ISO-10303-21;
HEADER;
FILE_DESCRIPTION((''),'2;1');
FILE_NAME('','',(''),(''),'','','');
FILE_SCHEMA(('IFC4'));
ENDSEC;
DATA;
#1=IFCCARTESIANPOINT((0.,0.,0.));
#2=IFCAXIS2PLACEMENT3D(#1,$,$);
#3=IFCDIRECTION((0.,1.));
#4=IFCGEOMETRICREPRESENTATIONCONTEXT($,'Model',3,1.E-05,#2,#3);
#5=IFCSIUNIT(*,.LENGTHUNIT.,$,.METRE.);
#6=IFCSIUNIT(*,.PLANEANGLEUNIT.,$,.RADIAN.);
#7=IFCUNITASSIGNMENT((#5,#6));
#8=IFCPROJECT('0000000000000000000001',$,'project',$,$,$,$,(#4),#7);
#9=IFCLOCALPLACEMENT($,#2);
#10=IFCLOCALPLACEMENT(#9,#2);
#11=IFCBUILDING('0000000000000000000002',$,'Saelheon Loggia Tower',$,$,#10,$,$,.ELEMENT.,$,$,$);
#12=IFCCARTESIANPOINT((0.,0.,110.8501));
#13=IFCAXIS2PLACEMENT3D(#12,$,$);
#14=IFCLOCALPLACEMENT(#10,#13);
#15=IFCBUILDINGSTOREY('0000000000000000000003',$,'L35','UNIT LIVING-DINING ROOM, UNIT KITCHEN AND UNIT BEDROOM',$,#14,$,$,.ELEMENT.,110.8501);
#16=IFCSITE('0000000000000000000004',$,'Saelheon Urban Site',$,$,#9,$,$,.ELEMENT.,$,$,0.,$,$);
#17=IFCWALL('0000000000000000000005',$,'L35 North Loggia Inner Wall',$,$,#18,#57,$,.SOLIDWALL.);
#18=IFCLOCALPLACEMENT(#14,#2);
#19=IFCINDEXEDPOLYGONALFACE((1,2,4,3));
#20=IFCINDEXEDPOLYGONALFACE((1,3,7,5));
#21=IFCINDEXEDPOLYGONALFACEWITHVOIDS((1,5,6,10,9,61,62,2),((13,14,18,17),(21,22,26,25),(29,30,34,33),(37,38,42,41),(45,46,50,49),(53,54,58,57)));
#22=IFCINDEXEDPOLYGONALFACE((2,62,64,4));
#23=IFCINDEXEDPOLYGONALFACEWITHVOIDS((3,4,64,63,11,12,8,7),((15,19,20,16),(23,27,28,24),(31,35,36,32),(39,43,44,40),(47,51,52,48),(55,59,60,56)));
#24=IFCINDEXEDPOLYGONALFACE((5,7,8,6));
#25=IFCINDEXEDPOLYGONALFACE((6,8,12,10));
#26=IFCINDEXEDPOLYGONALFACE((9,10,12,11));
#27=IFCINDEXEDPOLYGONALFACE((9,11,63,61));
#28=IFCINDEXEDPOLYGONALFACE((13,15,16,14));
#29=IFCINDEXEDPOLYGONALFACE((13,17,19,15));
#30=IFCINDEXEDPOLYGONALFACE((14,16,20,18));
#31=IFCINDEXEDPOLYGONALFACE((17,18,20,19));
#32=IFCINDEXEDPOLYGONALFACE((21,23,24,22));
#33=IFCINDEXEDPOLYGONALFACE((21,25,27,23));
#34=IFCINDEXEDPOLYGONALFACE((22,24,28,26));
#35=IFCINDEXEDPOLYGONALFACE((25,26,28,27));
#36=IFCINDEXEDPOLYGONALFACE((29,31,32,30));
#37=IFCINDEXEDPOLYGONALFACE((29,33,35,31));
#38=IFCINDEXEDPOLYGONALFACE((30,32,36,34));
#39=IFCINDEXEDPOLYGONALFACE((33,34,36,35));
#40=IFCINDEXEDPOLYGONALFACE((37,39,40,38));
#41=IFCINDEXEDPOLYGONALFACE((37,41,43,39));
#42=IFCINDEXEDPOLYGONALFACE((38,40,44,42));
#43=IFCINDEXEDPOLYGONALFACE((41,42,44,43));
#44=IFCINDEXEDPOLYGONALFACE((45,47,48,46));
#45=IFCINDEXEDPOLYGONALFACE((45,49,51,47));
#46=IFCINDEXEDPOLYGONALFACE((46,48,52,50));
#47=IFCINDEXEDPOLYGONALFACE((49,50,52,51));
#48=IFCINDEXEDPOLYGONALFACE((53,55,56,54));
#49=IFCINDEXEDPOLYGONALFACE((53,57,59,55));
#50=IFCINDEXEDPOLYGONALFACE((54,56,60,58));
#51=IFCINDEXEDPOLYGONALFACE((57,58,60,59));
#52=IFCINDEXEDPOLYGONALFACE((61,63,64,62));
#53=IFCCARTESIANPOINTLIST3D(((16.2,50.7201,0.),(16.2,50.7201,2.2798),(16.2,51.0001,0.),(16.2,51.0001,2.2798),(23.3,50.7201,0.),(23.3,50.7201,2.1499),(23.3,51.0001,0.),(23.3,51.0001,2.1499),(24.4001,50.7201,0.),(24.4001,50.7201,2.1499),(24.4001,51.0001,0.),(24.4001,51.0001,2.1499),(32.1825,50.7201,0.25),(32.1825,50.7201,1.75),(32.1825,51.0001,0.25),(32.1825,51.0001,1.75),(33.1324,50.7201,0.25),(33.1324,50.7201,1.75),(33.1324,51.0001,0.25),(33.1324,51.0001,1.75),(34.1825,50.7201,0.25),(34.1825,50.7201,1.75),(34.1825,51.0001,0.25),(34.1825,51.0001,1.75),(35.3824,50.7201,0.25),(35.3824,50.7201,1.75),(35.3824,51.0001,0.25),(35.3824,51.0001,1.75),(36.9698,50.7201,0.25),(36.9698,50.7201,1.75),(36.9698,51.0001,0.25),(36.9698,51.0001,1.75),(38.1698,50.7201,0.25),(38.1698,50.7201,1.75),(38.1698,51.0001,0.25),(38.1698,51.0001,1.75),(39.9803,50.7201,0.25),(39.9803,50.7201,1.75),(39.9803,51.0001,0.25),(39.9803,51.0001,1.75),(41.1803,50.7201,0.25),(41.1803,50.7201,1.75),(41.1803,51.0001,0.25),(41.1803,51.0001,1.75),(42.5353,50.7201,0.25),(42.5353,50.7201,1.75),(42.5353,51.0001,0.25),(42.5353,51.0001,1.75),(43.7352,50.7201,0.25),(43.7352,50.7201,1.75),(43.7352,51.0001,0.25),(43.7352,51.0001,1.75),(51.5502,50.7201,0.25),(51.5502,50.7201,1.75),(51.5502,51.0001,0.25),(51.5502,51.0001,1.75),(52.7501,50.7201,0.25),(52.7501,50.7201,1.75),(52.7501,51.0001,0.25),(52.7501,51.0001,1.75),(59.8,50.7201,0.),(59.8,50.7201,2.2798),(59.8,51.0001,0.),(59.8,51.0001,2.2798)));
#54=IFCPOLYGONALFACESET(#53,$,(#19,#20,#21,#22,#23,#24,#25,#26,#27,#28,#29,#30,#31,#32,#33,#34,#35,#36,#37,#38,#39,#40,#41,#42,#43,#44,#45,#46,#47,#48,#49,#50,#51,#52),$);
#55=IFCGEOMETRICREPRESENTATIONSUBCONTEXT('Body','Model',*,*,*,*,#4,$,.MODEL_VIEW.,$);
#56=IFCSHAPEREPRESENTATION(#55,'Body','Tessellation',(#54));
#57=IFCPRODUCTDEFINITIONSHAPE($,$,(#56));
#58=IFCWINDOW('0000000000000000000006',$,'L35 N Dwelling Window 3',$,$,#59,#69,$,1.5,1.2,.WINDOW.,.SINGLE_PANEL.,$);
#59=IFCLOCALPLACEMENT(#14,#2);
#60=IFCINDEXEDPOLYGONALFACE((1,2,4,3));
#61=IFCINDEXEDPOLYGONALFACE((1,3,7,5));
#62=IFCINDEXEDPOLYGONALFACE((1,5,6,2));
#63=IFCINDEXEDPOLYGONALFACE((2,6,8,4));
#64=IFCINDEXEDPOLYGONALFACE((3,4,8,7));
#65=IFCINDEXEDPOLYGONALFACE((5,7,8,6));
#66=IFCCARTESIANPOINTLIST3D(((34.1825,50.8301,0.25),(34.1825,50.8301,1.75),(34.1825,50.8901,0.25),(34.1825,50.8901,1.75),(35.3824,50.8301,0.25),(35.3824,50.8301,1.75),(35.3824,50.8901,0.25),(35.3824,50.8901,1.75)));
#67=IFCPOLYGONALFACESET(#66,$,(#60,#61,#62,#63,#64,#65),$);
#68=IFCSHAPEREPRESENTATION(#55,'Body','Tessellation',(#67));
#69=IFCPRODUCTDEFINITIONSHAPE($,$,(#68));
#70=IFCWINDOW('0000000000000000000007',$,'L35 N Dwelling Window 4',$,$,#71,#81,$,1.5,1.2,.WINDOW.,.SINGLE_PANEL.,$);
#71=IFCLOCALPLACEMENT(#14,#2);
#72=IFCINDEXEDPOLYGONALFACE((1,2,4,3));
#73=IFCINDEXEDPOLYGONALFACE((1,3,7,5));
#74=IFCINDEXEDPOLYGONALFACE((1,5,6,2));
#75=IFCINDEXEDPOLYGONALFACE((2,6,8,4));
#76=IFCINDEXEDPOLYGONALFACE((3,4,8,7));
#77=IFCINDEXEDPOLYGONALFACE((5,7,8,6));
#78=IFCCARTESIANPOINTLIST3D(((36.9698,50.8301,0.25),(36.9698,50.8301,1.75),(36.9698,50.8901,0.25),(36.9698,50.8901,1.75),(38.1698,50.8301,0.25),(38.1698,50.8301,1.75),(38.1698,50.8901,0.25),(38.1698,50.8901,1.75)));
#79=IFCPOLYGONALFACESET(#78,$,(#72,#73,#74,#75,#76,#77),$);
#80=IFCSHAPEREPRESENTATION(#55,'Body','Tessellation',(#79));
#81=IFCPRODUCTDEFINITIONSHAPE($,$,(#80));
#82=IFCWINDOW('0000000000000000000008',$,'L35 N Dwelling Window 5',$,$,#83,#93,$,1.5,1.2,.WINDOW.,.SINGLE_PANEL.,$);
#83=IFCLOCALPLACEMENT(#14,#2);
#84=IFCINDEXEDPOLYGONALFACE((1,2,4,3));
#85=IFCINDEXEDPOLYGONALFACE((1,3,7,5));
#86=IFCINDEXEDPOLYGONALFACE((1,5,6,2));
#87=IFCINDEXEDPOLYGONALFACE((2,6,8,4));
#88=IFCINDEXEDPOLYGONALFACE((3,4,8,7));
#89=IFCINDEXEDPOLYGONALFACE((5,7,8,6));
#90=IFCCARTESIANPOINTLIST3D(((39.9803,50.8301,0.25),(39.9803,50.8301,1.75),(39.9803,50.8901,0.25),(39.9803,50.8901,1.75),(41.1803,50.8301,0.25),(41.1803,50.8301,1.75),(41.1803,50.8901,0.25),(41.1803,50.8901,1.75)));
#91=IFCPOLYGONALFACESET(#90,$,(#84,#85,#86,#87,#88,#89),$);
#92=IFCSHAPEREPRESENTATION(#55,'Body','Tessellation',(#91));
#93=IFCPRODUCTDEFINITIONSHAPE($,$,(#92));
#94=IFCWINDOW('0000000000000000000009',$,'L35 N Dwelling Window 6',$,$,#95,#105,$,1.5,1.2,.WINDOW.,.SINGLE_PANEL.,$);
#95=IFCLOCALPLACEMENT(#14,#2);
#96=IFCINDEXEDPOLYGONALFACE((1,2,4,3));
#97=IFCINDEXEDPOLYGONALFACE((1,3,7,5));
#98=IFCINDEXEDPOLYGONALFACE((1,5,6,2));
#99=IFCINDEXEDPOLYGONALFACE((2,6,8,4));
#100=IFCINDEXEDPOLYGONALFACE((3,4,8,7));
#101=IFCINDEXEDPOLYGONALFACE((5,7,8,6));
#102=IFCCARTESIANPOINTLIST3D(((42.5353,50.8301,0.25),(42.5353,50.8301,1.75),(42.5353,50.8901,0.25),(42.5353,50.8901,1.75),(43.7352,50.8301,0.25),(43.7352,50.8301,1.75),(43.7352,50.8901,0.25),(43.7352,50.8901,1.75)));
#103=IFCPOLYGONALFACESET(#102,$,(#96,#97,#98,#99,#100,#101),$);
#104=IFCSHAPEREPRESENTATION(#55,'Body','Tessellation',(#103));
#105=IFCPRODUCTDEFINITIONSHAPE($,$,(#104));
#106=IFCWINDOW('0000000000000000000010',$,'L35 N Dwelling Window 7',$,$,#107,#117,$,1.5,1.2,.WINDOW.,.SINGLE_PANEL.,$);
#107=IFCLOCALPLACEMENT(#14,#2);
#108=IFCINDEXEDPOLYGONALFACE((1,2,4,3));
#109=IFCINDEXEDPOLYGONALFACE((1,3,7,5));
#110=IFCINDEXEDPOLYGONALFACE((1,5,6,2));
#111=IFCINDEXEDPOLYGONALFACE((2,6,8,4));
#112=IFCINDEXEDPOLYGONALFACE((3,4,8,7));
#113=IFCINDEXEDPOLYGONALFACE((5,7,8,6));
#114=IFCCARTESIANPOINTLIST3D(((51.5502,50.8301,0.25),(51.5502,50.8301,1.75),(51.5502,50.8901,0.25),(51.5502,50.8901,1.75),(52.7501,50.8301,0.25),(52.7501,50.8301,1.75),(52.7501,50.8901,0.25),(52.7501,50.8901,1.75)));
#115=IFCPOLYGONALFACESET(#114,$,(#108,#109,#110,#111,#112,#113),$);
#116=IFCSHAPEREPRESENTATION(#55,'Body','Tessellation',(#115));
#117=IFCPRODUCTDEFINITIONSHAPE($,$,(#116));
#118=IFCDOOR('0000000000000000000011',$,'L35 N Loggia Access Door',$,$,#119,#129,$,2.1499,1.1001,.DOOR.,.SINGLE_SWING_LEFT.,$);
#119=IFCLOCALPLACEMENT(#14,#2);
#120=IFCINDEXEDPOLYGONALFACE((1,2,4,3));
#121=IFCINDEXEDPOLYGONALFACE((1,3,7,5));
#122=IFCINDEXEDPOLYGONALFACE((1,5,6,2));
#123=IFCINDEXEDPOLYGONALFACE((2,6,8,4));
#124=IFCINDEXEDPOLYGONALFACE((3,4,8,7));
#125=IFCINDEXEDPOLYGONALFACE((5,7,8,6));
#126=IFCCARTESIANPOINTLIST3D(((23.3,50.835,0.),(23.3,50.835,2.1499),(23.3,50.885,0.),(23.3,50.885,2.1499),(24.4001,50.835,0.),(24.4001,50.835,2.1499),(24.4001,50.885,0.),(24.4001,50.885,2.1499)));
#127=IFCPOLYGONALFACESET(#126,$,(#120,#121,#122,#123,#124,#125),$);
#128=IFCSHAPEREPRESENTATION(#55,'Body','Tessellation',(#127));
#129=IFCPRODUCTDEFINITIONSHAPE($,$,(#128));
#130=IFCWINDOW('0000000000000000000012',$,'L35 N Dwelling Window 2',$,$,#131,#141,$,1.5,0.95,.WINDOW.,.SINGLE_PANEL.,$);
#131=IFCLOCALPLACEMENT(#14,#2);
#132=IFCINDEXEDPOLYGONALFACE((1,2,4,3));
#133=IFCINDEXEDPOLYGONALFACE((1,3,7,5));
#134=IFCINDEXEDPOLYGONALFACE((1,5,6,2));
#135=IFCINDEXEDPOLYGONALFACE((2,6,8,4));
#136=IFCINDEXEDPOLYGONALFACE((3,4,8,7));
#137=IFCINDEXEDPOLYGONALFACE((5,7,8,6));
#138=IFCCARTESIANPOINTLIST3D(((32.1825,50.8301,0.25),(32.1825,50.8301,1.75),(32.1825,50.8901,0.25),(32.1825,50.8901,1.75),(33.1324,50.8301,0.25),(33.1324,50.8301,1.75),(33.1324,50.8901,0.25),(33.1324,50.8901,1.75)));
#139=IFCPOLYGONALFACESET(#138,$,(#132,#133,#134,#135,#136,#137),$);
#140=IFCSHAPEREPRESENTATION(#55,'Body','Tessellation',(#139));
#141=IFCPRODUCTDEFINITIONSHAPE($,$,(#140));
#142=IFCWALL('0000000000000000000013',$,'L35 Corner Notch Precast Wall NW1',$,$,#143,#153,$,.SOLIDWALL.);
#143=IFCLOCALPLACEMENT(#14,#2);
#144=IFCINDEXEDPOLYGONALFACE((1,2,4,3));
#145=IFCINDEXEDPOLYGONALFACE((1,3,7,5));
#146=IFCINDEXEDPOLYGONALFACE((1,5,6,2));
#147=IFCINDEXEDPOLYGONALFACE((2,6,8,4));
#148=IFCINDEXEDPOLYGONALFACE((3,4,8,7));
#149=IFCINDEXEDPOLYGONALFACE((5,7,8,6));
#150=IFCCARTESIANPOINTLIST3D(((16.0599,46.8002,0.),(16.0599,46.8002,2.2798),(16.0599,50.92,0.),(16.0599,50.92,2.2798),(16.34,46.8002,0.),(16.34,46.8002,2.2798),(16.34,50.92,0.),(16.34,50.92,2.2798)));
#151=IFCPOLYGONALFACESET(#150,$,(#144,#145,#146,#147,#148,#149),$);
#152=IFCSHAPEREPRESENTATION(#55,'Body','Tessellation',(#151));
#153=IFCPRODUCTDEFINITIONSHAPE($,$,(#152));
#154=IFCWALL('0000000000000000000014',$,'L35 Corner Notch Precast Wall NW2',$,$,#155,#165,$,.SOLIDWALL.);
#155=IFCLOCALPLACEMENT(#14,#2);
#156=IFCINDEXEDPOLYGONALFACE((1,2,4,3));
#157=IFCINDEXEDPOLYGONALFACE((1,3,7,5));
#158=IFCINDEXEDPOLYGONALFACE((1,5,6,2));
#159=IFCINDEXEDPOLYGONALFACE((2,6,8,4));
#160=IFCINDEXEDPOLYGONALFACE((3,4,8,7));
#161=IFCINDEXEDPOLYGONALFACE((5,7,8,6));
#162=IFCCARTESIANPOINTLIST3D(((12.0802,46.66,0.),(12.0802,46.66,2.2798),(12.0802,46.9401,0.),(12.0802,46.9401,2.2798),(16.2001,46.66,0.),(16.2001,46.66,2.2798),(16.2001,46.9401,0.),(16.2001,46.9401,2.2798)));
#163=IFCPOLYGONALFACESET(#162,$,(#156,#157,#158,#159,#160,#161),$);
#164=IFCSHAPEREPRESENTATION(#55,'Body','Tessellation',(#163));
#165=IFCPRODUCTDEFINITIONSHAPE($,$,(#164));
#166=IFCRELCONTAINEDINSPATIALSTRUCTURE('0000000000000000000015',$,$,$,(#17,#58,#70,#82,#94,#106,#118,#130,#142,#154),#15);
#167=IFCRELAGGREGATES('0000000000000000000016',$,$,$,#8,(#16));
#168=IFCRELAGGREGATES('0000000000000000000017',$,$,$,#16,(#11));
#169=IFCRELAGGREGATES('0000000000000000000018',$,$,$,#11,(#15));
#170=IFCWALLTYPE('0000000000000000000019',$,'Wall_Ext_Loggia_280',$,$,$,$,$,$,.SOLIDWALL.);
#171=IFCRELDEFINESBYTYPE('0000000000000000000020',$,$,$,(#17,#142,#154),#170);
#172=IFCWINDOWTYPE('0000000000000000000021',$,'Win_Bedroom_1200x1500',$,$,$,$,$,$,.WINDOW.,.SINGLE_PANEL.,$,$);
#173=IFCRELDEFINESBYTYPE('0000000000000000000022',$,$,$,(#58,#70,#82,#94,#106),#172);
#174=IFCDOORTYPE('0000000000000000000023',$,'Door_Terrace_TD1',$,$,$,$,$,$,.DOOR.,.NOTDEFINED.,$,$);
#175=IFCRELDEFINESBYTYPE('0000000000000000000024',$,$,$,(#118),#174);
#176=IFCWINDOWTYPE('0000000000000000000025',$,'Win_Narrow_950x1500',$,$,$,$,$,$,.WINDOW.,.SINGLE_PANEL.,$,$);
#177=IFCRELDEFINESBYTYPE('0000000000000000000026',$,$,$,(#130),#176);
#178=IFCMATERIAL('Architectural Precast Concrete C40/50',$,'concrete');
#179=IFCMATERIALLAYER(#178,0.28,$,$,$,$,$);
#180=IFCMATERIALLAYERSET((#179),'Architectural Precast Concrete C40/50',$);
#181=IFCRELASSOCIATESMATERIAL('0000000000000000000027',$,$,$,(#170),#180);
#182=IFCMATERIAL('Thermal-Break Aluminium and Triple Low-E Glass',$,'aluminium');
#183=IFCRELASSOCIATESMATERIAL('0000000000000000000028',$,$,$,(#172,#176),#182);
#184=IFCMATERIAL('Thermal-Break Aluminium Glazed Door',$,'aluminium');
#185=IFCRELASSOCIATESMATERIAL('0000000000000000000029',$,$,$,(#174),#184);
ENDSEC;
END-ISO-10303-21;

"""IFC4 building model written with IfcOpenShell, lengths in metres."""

from ifc_helpers import new_model, si_unit, direction, frame, frame_2d, origin, place, context, subcontext, project, spatial, rectangle, extrude, source, transform, mapped, material, layer, layer_set, type_object, element, fill, save


model = new_model("IFC4")

# Units and contexts
model_context = context("Model", 3, precision=1e-05, world=origin(), true_north=direction((0.0, 1.0)))
body_context = subcontext(model_context, "Body", "Model", "MODEL_VIEW")
ifc_project = project(units=[si_unit("LENGTHUNIT", "METRE"), si_unit("PLANEANGLEUNIT", "RADIAN")], contexts=[model_context])

# Site, building, storey
site_placement = place(None, origin())
site = spatial("IfcSite", under=ifc_project, at=site_placement, Name="Saelheon Urban Site", CompositionType="ELEMENT", RefElevation=0.0)
building_placement = place(site_placement, origin())
building = spatial("IfcBuilding", under=site, at=building_placement, Name="Saelheon Loggia Tower", CompositionType="ELEMENT")
storey_placement = place(building_placement, frame((0.0, 0.0, 110.8501)))
storey = spatial("IfcBuildingStorey", under=building, at=storey_placement, Name="L35", Description="UNIT LIVING-DINING ROOM, UNIT KITCHEN AND UNIT BEDROOM", CompositionType="ELEMENT", Elevation=110.8501)

# Wall, openings, windows, door
ifc_material_1 = material(Name="Architectural Precast Concrete C40/50", Category="concrete")
ifc_layer_1 = layer(ifc_material_1, 0.28)
ifc_layer_set_1 = layer_set([ifc_layer_1], Name="Architectural Precast Concrete C40/50")
wall_type_1 = type_object("IfcWallType", Name="Wall_Ext_Loggia_280", PredefinedType="SOLIDWALL", material=ifc_layer_set_1)
wall_1_placement = place(storey_placement, frame((16.2, 50.8601, 0.0), z_axis=(0.0, 0.0, 1.0), x_axis=(1.0, 0.0, 0.0)))
wall_1 = element("IfcWall", 1, at=wall_1_placement, inside=storey, type_object=wall_type_1, Name="L35 North Loggia Inner Wall", PredefinedType="SOLIDWALL", context=body_context, shape_type="SweptSolid", body=[
    extrude(rectangle(XDim=43.6001, YDim=0.28, at=frame_2d((21.8, 0.0))), origin(), (0.0, 0.0, 1.0), 2.2798),
])
opening_1_placement = place(wall_1_placement, frame((7.1001, 0.0, 0.0)))
opening_1 = element("IfcOpeningElement", 2, at=opening_1_placement, cuts=wall_1, PredefinedType="OPENING", context=body_context, shape_type="SweptSolid", body=[
    extrude(rectangle(XDim=1.1001, YDim=2.1499, at=frame_2d((0.55, 1.075))), frame((0.0, 0.1521, 0.0), z_axis=(0.0, -1.0, 0.0), x_axis=(1.0, 0.0, 0.0)), (0.0, 0.0, 1.0), 0.304),
])
opening_2_placement = place(wall_1_placement, frame((15.9824, 0.0, 0.25)))
opening_2 = element("IfcOpeningElement", 3, at=opening_2_placement, cuts=wall_1, PredefinedType="OPENING", context=body_context, shape_type="SweptSolid", body=[
    extrude(rectangle(XDim=0.95, YDim=1.5, at=frame_2d((0.4751, 0.75))), frame((0.0, 0.1521, 0.0), z_axis=(0.0, -1.0, 0.0), x_axis=(1.0, 0.0, 0.0)), (0.0, 0.0, 1.0), 0.304),
])
opening_3_placement = place(wall_1_placement, frame((17.9824, 0.0, 0.25)))
opening_3 = element("IfcOpeningElement", 4, at=opening_3_placement, cuts=wall_1, PredefinedType="OPENING", context=body_context, shape_type="SweptSolid", body=[
    extrude(rectangle(XDim=1.2, YDim=1.5, at=frame_2d((0.6001, 0.75))), frame((0.0, 0.1521, 0.0), z_axis=(0.0, -1.0, 0.0), x_axis=(1.0, 0.0, 0.0)), (0.0, 0.0, 1.0), 0.304),
])
opening_4_placement = place(wall_1_placement, frame((20.7698, 0.0, 0.25)))
opening_4 = element("IfcOpeningElement", 5, at=opening_4_placement, cuts=wall_1, PredefinedType="OPENING", context=body_context, shape_type="SweptSolid", body=[
    extrude(rectangle(XDim=1.2, YDim=1.5, at=frame_2d((0.6001, 0.75))), frame((0.0, 0.1521, 0.0), z_axis=(0.0, -1.0, 0.0), x_axis=(1.0, 0.0, 0.0)), (0.0, 0.0, 1.0), 0.304),
])
opening_5_placement = place(wall_1_placement, frame((23.7803, 0.0, 0.25)))
opening_5 = element("IfcOpeningElement", 6, at=opening_5_placement, cuts=wall_1, PredefinedType="OPENING", context=body_context, shape_type="SweptSolid", body=[
    extrude(rectangle(XDim=1.2, YDim=1.5, at=frame_2d((0.6001, 0.75))), frame((0.0, 0.1521, 0.0), z_axis=(0.0, -1.0, 0.0), x_axis=(1.0, 0.0, 0.0)), (0.0, 0.0, 1.0), 0.304),
])
opening_6_placement = place(wall_1_placement, frame((26.3352, 0.0, 0.25)))
opening_6 = element("IfcOpeningElement", 7, at=opening_6_placement, cuts=wall_1, PredefinedType="OPENING", context=body_context, shape_type="SweptSolid", body=[
    extrude(rectangle(XDim=1.2, YDim=1.5, at=frame_2d((0.6001, 0.75))), frame((0.0, 0.1521, 0.0), z_axis=(0.0, -1.0, 0.0), x_axis=(1.0, 0.0, 0.0)), (0.0, 0.0, 1.0), 0.304),
])
opening_7_placement = place(wall_1_placement, frame((35.3501, 0.0, 0.25)))
opening_7 = element("IfcOpeningElement", 8, at=opening_7_placement, cuts=wall_1, PredefinedType="OPENING", context=body_context, shape_type="SweptSolid", body=[
    extrude(rectangle(XDim=1.2, YDim=1.5, at=frame_2d((0.6001, 0.75))), frame((0.0, 0.1521, 0.0), z_axis=(0.0, -1.0, 0.0), x_axis=(1.0, 0.0, 0.0)), (0.0, 0.0, 1.0), 0.304),
])
ifc_material_2 = material(Name="Thermal-Break Aluminium and Triple Low-E Glass", Category="aluminium")
window_type_1 = type_object("IfcWindowType", Name="Win_Bedroom_1200x1500", PartitioningType="SINGLE_PANEL", PredefinedType="WINDOW", material=ifc_material_2)
shared_shape_1 = source(origin(), body_context, "Body", "SweptSolid", [
    extrude(rectangle(XDim=1.2, YDim=1.5, at=frame_2d((0.6001, 0.75))), frame((0.0, 0.03, 0.0), z_axis=(0.0, -1.0, 0.0), x_axis=(1.0, 0.0, 0.0)), (0.0, 0.0, 1.0), 0.0601),
])
window_1_placement = place(opening_3_placement, origin())
window_1 = element("IfcWindow", 9, at=window_1_placement, inside=storey, type_object=window_type_1, Name="L35 N Dwelling Window 3", OverallHeight=1.5, OverallWidth=1.2, PartitioningType="SINGLE_PANEL", PredefinedType="WINDOW", context=body_context, shape_type="MappedRepresentation", body=[
    mapped(shared_shape_1, transform((0.0, 0.0, 0.0), scale=1.0)),
])
fill(opening_3, window_1)
window_2_placement = place(opening_4_placement, origin())
window_2 = element("IfcWindow", 10, at=window_2_placement, inside=storey, type_object=window_type_1, Name="L35 N Dwelling Window 4", OverallHeight=1.5, OverallWidth=1.2, PartitioningType="SINGLE_PANEL", PredefinedType="WINDOW", context=body_context, shape_type="MappedRepresentation", body=[
    mapped(shared_shape_1, transform((0.0, 0.0, 0.0), scale=1.0)),
])
fill(opening_4, window_2)
window_3_placement = place(opening_5_placement, origin())
window_3 = element("IfcWindow", 11, at=window_3_placement, inside=storey, type_object=window_type_1, Name="L35 N Dwelling Window 5", OverallHeight=1.5, OverallWidth=1.2, PartitioningType="SINGLE_PANEL", PredefinedType="WINDOW", context=body_context, shape_type="MappedRepresentation", body=[
    mapped(shared_shape_1, transform((0.0, 0.0, 0.0), scale=1.0)),
])
fill(opening_5, window_3)
window_4_placement = place(opening_6_placement, origin())
window_4 = element("IfcWindow", 12, at=window_4_placement, inside=storey, type_object=window_type_1, Name="L35 N Dwelling Window 6", OverallHeight=1.5, OverallWidth=1.2, PartitioningType="SINGLE_PANEL", PredefinedType="WINDOW", context=body_context, shape_type="MappedRepresentation", body=[
    mapped(shared_shape_1, transform((0.0, 0.0, 0.0), scale=1.0)),
])
fill(opening_6, window_4)
window_5_placement = place(opening_7_placement, origin())
window_5 = element("IfcWindow", 13, at=window_5_placement, inside=storey, type_object=window_type_1, Name="L35 N Dwelling Window 7", OverallHeight=1.5, OverallWidth=1.2, PartitioningType="SINGLE_PANEL", PredefinedType="WINDOW", context=body_context, shape_type="MappedRepresentation", body=[
    mapped(shared_shape_1, transform((0.0, 0.0, 0.0), scale=1.0)),
])
fill(opening_7, window_5)
ifc_material_3 = material(Name="Thermal-Break Aluminium Glazed Door", Category="aluminium")
door_type_1 = type_object("IfcDoorType", Name="Door_Terrace_TD1", OperationType="NOTDEFINED", PredefinedType="DOOR", material=ifc_material_3)
shared_shape_2 = source(origin(), body_context, "Body", "SweptSolid", [
    extrude(rectangle(XDim=1.1001, YDim=2.1499, at=frame_2d((0.55, 1.075))), frame((0.0, 0.0249, 0.0), z_axis=(0.0, -1.0, 0.0), x_axis=(1.0, 0.0, 0.0)), (0.0, 0.0, 1.0), 0.05),
])
door_1_placement = place(opening_1_placement, origin())
door_1 = element("IfcDoor", 14, at=door_1_placement, inside=storey, type_object=door_type_1, Name="L35 N Loggia Access Door", OperationType="SINGLE_SWING_LEFT", OverallHeight=2.1499, OverallWidth=1.1001, PredefinedType="DOOR", context=body_context, shape_type="MappedRepresentation", body=[
    mapped(shared_shape_2, transform((0.0, 0.0, 0.0), scale=1.0)),
])
fill(opening_1, door_1)
window_type_2 = type_object("IfcWindowType", Name="Win_Narrow_950x1500", PartitioningType="SINGLE_PANEL", PredefinedType="WINDOW", material=ifc_material_2)
shared_shape_3 = source(origin(), body_context, "Body", "SweptSolid", [
    extrude(rectangle(XDim=0.95, YDim=1.5, at=frame_2d((0.4751, 0.75))), frame((0.0, 0.03, 0.0), z_axis=(0.0, -1.0, 0.0), x_axis=(1.0, 0.0, 0.0)), (0.0, 0.0, 1.0), 0.0601),
])
window_6_placement = place(opening_2_placement, origin())
window_6 = element("IfcWindow", 15, at=window_6_placement, inside=storey, type_object=window_type_2, Name="L35 N Dwelling Window 2", OverallHeight=1.5, OverallWidth=0.95, PartitioningType="SINGLE_PANEL", PredefinedType="WINDOW", context=body_context, shape_type="MappedRepresentation", body=[
    mapped(shared_shape_3, transform((0.0, 0.0, 0.0), scale=1.0)),
])
fill(opening_2, window_6)

# Walls
for number, where, z_axis, x_axis, name in (
    (16, (16.2, 46.8, 0.0), (0.0, 0.0, 1.0), (0.0, 1.0, 0.0), "L35 Corner Notch Precast Wall NW1"),
    (17, (12.0801, 46.8, 0.0), (0.0, 0.0, 1.0), (1.0, 0.0, 0.0), "L35 Corner Notch Precast Wall NW2"),
):
    element("IfcWall", number, at=place(storey_placement, frame(where, z_axis=z_axis, x_axis=x_axis)), inside=storey, type_object=wall_type_1, Name=name, PredefinedType="SOLIDWALL", context=body_context, shape_type="SweptSolid", body=[
        extrude(rectangle(XDim=4.1199, YDim=0.28, at=frame_2d((2.0601, 0.0))), origin(), (0.0, 0.0, 1.0), 2.2798),
    ])

save(model, "model.ifc")
